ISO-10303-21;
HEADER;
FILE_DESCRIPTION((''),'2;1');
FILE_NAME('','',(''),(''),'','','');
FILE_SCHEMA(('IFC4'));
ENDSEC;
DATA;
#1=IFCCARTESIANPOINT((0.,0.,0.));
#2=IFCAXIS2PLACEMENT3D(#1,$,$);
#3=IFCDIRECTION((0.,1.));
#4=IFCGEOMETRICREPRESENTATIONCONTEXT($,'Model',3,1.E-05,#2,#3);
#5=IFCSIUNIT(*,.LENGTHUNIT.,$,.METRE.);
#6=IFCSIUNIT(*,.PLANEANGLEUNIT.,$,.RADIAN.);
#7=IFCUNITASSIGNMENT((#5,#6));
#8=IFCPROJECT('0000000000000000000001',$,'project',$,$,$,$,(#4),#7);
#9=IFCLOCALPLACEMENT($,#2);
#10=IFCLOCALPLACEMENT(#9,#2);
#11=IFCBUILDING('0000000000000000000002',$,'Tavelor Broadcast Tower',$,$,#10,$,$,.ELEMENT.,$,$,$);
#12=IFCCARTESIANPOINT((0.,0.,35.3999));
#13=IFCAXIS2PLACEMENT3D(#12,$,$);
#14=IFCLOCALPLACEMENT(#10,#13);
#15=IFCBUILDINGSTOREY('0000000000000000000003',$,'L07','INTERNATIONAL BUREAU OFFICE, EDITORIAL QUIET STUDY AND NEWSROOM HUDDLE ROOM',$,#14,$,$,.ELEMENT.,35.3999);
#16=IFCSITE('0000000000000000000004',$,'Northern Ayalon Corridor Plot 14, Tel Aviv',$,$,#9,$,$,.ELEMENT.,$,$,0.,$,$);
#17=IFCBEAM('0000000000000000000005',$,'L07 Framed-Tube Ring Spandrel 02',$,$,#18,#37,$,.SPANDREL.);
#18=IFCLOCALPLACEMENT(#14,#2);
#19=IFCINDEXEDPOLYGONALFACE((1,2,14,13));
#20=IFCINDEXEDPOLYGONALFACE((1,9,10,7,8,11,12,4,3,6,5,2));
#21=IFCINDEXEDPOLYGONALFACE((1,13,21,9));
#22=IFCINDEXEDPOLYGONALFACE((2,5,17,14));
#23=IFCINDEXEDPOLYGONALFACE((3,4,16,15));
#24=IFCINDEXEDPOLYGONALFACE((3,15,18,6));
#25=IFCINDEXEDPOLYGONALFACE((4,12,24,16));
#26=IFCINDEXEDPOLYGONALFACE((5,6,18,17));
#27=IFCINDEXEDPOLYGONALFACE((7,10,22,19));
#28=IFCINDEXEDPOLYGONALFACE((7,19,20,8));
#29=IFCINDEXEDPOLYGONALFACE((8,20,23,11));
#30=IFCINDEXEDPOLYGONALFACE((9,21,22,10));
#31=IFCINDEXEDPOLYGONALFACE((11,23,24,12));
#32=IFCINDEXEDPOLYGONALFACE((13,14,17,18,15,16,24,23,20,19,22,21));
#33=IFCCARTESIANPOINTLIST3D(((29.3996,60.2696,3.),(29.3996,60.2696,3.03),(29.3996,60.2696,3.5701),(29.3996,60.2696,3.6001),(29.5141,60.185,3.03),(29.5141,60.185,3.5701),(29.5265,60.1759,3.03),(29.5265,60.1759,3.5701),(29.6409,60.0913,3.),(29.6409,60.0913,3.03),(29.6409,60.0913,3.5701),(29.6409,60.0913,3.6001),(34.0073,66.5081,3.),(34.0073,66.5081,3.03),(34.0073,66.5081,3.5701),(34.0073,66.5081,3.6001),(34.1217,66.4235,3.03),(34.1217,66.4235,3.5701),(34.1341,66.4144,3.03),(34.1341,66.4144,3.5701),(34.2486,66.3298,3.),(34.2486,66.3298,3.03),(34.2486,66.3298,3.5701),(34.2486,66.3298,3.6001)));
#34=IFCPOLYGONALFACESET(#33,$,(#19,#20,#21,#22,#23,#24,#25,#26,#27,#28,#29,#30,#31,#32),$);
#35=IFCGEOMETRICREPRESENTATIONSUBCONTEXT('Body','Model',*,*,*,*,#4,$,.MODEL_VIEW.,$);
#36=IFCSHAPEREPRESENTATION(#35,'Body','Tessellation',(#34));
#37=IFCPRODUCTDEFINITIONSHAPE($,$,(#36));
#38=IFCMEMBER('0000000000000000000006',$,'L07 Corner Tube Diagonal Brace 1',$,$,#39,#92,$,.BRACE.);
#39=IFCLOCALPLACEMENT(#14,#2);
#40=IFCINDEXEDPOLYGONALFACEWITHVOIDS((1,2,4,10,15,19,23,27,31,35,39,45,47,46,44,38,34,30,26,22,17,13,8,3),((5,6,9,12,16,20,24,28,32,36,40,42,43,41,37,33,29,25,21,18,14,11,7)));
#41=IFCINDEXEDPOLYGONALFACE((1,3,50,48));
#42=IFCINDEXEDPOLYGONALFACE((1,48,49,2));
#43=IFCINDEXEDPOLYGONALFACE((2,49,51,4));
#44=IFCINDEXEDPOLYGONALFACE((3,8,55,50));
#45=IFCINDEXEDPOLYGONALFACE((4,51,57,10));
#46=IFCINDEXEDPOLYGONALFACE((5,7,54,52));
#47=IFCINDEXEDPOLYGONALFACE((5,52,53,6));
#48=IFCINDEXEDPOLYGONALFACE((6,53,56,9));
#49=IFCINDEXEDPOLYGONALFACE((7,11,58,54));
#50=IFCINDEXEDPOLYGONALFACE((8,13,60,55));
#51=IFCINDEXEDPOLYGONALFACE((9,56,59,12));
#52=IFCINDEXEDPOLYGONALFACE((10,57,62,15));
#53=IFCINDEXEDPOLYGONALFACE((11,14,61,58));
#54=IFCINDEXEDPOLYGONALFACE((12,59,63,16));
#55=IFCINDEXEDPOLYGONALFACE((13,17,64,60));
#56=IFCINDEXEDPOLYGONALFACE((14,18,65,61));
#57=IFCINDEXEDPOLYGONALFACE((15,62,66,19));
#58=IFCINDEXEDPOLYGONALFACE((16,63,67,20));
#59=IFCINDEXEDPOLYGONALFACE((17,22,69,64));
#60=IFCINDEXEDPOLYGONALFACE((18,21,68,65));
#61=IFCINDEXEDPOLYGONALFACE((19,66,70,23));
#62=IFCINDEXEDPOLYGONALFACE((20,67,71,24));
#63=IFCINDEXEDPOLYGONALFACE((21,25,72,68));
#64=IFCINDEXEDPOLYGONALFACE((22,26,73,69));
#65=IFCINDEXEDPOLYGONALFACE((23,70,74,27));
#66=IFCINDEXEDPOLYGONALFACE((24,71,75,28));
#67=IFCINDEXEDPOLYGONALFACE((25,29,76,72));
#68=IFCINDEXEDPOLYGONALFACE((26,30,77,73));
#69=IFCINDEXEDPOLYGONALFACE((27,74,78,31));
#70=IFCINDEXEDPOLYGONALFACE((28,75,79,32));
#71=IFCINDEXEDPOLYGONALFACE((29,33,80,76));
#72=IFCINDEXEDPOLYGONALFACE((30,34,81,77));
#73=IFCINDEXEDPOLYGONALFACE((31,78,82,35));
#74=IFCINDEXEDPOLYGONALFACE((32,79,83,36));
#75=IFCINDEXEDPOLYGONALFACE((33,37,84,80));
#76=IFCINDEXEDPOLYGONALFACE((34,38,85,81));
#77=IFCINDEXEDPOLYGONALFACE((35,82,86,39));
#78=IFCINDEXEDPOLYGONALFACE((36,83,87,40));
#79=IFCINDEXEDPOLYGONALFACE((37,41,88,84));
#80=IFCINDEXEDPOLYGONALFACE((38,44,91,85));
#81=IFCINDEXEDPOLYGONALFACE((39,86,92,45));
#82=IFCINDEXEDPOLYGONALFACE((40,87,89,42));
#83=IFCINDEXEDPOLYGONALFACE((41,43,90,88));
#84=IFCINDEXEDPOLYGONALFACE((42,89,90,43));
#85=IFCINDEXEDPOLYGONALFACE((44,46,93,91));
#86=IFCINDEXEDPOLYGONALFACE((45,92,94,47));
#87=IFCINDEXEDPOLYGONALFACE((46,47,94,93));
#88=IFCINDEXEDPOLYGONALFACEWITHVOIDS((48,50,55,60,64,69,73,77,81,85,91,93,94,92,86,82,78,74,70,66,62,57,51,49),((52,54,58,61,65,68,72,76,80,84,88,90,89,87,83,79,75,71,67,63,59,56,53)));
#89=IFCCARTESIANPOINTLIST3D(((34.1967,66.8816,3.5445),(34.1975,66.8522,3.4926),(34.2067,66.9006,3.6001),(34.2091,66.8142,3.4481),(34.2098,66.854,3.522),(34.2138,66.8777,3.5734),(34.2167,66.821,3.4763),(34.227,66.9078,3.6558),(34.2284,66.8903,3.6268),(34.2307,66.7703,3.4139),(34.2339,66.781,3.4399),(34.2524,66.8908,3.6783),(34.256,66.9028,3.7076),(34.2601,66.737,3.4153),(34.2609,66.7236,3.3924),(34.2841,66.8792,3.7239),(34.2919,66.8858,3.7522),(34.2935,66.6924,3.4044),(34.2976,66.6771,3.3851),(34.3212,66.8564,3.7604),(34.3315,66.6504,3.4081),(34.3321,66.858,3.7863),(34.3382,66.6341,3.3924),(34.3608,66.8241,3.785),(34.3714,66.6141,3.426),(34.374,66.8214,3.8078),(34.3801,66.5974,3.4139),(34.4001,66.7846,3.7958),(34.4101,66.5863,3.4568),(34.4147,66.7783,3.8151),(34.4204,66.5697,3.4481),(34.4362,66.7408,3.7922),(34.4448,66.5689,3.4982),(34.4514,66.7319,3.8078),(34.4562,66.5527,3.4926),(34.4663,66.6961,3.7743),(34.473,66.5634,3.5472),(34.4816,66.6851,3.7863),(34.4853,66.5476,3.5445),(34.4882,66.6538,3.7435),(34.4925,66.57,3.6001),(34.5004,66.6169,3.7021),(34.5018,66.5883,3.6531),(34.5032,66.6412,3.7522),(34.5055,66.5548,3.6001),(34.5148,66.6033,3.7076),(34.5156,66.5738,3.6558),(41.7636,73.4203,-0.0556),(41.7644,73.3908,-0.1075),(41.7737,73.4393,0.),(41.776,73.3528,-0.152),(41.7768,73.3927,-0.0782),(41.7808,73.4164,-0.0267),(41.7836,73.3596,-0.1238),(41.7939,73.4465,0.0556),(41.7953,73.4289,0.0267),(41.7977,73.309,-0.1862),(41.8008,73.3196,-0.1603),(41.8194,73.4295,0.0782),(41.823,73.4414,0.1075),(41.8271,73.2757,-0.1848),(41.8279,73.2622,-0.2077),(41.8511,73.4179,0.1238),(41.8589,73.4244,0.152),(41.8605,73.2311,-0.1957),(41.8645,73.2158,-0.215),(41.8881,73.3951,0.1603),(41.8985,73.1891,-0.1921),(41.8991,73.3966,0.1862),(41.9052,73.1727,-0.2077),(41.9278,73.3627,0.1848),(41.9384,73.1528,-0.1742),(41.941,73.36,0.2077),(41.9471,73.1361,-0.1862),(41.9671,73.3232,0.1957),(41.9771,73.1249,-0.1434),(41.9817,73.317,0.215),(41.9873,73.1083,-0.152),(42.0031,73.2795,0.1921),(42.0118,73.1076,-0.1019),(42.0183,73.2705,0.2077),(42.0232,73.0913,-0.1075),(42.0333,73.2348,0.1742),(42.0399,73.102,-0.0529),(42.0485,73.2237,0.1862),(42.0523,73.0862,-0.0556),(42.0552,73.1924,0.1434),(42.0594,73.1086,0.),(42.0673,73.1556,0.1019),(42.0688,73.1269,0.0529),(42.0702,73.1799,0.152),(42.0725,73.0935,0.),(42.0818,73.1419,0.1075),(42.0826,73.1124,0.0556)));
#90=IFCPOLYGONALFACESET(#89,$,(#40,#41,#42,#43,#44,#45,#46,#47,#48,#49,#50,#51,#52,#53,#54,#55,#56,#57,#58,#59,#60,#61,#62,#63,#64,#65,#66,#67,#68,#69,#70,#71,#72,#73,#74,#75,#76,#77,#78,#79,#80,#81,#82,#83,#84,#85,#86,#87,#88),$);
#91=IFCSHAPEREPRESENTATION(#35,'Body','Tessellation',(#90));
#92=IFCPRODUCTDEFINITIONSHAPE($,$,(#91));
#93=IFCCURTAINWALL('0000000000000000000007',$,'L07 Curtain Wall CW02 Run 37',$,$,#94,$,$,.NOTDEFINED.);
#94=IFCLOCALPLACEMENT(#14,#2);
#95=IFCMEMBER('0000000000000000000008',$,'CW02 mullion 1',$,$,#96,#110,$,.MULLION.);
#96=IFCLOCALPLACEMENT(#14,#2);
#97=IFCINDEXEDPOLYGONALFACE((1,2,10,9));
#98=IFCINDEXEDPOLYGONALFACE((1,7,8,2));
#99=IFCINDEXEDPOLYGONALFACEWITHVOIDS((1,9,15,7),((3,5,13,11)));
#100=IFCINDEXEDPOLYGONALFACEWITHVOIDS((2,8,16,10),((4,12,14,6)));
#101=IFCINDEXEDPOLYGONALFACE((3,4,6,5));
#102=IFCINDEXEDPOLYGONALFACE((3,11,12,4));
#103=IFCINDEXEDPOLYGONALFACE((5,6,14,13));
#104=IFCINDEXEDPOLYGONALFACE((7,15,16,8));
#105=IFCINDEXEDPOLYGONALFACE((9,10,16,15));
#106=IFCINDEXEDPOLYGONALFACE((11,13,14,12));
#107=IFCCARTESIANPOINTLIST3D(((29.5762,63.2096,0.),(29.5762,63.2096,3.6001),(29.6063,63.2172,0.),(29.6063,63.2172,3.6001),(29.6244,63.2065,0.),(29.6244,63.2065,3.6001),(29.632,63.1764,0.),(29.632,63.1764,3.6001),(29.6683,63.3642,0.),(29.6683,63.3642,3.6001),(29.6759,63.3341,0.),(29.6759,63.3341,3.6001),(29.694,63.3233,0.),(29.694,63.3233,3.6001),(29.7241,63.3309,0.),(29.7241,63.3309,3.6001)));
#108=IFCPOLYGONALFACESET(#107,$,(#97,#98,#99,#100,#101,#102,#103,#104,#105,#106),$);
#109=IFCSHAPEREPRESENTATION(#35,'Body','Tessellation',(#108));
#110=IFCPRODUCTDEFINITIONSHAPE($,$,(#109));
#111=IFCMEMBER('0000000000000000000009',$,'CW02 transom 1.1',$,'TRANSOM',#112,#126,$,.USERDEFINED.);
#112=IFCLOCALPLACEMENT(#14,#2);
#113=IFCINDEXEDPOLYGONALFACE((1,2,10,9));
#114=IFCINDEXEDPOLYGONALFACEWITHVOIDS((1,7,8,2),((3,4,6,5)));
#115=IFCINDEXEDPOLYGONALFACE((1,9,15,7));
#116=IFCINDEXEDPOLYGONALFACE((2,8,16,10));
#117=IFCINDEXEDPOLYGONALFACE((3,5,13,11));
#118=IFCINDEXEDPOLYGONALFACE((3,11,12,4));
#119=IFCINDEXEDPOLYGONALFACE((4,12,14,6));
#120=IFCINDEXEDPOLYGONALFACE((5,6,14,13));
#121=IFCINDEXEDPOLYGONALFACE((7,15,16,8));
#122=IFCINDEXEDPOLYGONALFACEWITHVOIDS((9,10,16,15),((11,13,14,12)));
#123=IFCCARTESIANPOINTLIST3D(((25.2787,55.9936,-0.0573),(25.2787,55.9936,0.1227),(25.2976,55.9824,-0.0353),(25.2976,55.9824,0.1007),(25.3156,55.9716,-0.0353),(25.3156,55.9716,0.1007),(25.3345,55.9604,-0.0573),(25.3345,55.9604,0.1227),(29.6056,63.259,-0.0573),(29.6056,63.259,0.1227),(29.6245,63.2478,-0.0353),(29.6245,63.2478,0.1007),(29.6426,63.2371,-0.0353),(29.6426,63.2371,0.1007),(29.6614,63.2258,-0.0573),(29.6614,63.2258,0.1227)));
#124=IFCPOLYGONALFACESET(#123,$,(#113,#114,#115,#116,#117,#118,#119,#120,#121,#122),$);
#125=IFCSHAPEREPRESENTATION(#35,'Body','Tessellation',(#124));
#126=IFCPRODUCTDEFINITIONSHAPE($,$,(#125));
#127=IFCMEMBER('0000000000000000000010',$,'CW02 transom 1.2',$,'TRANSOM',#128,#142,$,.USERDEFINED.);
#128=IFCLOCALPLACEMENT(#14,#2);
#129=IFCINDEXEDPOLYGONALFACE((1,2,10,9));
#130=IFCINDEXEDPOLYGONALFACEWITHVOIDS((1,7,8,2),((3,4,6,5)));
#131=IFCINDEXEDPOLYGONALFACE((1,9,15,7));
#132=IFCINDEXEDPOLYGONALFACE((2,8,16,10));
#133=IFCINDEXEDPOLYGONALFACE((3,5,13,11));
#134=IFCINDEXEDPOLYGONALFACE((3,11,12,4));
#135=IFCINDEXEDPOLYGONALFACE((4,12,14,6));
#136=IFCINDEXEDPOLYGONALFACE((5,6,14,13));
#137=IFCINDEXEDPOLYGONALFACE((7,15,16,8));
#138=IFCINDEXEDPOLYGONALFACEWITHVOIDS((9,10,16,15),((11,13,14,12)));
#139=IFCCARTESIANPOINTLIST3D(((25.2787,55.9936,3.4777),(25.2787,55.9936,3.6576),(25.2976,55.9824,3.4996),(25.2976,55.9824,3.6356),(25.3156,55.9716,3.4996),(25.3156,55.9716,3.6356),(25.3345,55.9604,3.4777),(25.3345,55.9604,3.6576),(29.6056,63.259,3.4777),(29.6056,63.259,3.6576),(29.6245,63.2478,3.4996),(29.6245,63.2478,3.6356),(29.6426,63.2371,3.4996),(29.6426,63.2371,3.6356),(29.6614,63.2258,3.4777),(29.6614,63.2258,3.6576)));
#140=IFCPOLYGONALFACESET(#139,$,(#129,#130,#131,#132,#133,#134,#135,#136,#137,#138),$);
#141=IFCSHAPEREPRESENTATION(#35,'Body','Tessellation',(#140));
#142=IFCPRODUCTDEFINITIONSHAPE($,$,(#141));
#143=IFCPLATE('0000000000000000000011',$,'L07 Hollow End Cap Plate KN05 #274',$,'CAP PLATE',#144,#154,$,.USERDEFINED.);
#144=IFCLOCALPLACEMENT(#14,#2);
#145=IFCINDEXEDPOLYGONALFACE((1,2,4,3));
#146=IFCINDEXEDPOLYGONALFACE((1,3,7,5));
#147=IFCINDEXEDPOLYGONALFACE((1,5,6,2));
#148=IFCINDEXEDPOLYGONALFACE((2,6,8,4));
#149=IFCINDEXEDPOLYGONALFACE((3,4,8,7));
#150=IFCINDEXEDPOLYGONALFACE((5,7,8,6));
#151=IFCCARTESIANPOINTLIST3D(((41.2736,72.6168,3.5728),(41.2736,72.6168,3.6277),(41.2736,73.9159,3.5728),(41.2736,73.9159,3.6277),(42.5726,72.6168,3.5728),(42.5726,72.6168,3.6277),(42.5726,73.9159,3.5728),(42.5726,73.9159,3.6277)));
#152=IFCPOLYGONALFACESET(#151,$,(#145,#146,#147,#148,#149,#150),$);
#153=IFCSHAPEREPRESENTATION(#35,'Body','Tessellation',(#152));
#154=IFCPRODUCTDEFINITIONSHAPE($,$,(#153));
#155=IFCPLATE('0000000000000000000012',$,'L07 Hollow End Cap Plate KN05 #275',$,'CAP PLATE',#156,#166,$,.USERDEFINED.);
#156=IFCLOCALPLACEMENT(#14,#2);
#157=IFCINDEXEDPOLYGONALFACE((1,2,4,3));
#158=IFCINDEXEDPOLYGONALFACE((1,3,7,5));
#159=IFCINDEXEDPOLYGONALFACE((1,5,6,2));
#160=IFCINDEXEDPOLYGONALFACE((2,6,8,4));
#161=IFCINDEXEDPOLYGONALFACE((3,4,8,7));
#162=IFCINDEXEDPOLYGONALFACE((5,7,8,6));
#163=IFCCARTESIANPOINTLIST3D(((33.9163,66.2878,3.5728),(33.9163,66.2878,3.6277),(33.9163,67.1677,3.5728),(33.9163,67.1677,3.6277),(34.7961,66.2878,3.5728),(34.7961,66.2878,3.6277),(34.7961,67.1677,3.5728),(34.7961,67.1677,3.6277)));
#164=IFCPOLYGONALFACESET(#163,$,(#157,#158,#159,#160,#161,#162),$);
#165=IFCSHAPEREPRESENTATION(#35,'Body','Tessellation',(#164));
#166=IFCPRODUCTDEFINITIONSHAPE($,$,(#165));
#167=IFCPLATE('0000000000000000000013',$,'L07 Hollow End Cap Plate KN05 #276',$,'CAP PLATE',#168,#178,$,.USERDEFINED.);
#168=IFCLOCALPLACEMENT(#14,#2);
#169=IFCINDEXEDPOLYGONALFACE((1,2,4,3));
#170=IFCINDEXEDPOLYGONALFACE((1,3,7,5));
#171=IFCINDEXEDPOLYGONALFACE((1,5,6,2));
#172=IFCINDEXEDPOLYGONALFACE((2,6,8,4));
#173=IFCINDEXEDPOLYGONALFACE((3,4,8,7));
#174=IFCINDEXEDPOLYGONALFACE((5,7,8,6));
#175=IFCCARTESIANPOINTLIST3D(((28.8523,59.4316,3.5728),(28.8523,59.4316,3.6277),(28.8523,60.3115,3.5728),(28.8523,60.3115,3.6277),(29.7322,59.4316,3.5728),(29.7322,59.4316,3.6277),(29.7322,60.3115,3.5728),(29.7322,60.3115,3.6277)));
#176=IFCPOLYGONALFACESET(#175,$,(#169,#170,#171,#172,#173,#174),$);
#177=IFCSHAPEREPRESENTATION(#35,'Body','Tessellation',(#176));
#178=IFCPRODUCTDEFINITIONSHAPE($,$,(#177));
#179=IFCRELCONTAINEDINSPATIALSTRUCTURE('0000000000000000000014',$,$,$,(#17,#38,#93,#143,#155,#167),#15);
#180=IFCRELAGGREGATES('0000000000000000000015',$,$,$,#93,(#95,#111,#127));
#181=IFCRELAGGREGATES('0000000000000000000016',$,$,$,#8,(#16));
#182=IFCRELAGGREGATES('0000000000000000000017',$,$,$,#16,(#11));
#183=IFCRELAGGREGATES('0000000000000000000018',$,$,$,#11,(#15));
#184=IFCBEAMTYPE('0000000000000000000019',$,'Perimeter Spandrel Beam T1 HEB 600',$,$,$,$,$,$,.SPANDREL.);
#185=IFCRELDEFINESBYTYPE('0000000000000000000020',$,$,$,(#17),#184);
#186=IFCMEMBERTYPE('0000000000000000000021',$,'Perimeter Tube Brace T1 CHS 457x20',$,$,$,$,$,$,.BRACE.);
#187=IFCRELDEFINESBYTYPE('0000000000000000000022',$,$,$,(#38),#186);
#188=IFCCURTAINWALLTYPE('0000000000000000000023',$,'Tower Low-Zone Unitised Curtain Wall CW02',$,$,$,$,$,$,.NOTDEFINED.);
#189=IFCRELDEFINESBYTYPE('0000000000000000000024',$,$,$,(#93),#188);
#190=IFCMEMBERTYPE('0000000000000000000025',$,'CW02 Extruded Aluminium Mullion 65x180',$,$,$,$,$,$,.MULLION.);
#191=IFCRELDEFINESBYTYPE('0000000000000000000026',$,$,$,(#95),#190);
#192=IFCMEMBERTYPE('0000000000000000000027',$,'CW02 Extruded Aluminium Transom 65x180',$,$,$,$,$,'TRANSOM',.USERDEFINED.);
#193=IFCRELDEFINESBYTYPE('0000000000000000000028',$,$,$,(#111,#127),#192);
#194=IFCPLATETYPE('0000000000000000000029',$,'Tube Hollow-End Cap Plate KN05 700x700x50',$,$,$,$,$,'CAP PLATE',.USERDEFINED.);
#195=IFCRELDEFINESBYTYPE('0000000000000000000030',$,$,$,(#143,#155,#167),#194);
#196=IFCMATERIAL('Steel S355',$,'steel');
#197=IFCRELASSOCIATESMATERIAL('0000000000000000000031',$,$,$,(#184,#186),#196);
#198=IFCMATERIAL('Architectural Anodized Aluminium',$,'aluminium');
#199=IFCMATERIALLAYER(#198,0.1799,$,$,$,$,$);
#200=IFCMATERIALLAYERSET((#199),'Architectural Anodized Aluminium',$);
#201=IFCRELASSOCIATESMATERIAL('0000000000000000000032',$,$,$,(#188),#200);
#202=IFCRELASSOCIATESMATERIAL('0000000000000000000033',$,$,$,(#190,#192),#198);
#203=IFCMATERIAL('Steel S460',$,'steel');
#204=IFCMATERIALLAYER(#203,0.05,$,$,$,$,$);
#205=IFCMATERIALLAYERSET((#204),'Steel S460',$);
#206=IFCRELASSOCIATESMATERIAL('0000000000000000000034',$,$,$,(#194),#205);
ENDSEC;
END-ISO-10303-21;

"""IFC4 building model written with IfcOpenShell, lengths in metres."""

from ifc_helpers import new_model, si_unit, direction, frame, origin, origin_2d, place, context, subcontext, project, spatial, rectangle, hollow_rectangle, hollow_circle, i_section, extrude, source, transform, mapped, material, layer, layer_set, material_profile, profile_set, type_object, type_shapes, element, aggregate, save


model = new_model("IFC4")

# Units and contexts
model_context = context("Model", 3, precision=1e-05, world=origin(), true_north=direction((0.0, 1.0)))
body_context = subcontext(model_context, "Body", "Model", "MODEL_VIEW")
ifc_project = project(units=[si_unit("LENGTHUNIT", "METRE"), si_unit("PLANEANGLEUNIT", "RADIAN")], contexts=[model_context])

# Site, building, storey
site_placement = place(None, origin())
site = spatial("IfcSite", under=ifc_project, at=site_placement, Name="Northern Ayalon Corridor Plot 14, Tel Aviv", CompositionType="ELEMENT", RefElevation=0.0)
building_placement = place(site_placement, origin())
building = spatial("IfcBuilding", under=site, at=building_placement, Name="Tavelor Broadcast Tower", CompositionType="ELEMENT")
storey_placement = place(building_placement, frame((0.0, 0.0, 35.3999)))
storey = spatial("IfcBuildingStorey", under=building, at=storey_placement, Name="L07", Description="INTERNATIONAL BUREAU OFFICE, EDITORIAL QUIET STUDY AND NEWSROOM HUDDLE ROOM", CompositionType="ELEMENT", Elevation=35.3999)

# Shared definitions
ifc_material_1 = material(Name="Steel S460", Category="steel")

# Beam
ifc_material_2 = material(Name="Steel S355", Category="steel")
ifc_material_profile_1 = material_profile(ifc_material_2, i_section(OverallWidth=0.3, OverallDepth=0.6001, WebThickness=0.0154, FlangeThickness=0.03, at=origin_2d()), Name="HEB 600")
ifc_profile_set_1 = profile_set([ifc_material_profile_1], Name="Steel S355")
beam_type_1 = type_object("IfcBeamType", Name="Perimeter Spandrel Beam T1 HEB 600", PredefinedType="SPANDREL", material=ifc_profile_set_1)
beam_1_placement = place(storey_placement, frame((34.1279, 66.4189, 3.3), z_axis=(-0.594106, -0.804387, 0.0), x_axis=(0.804387, -0.594106, 0.0)))
element("IfcBeam", 1, at=beam_1_placement, inside=storey, type_object=beam_type_1, Name="L07 Framed-Tube Ring Spandrel 02", PredefinedType="SPANDREL", context=body_context, shape_type="SweptSolid", body=[
    extrude(i_section(OverallWidth=0.3, OverallDepth=0.6001, WebThickness=0.0154, FlangeThickness=0.03, at=origin_2d()), origin(), (0.0, 0.0, 1.0), 7.7556),
])

# Member
ifc_material_profile_2 = material_profile(ifc_material_2, hollow_circle(Radius=0.2285, WallThickness=0.02, at=origin_2d()), Name="CHS 457x20")
ifc_profile_set_2 = profile_set([ifc_material_profile_2], Name="Steel S355")
member_type_1 = type_object("IfcMemberType", Name="Perimeter Tube Brace T1 CHS 457x20", PredefinedType="BRACE", material=ifc_profile_set_2)
member_1_placement = place(storey_placement, frame((41.9231, 73.2664, 0.0), z_axis=(-0.711923, -0.615175, 0.338711), x_axis=(0.653822, -0.756648, 0.0)))
element("IfcMember", 2, at=member_1_placement, inside=storey, type_object=member_type_1, Name="L07 Corner Tube Diagonal Brace 1", PredefinedType="BRACE", context=body_context, shape_type="SweptSolid", body=[
    extrude(hollow_circle(Radius=0.2285, WallThickness=0.02, at=origin_2d()), origin(), (0.0, 0.0, 1.0), 10.6289),
])

# Curtain wall, members
ifc_material_3 = material(Name="Architectural Anodized Aluminium", Category="aluminium")
ifc_layer_1 = layer(ifc_material_3, 0.1799)
ifc_layer_set_1 = layer_set([ifc_layer_1], Name="Architectural Anodized Aluminium")
curtain_wall_type = type_object("IfcCurtainWallType", Name="Tower Low-Zone Unitised Curtain Wall CW02", PredefinedType="NOTDEFINED", material=ifc_layer_set_1)
curtain_wall_placement = place(storey_placement, origin())
curtain_wall = element("IfcCurtainWall", 3, at=curtain_wall_placement, inside=storey, type_object=curtain_wall_type, Name="L07 Curtain Wall CW02 Run 37", PredefinedType="NOTDEFINED")
ifc_material_profile_3 = material_profile(ifc_material_3, hollow_rectangle(XDim=0.0649, YDim=0.1799, WallThickness=0.022, at=origin_2d()), Name="RHS 65x180x22")
ifc_profile_set_3 = profile_set([ifc_material_profile_3], Name="Architectural Anodized Aluminium")
member_type_2 = type_object("IfcMemberType", Name="CW02 Extruded Aluminium Mullion 65x180", PredefinedType="MULLION", material=ifc_profile_set_3)
shared_shape_1 = source(origin(), body_context, "Body", "SweptSolid", [
    extrude(hollow_rectangle(XDim=0.0649, YDim=0.1799, WallThickness=0.022, at=origin_2d()), origin(), (0.0, 0.0, 1.0), 3.6001),
])
type_shapes(member_type_2, [shared_shape_1])
member_2_placement = place(storey_placement, frame((29.6501, 63.2703, 0.0), z_axis=(0.0, 0.0, 1.0), x_axis=(0.859182, -0.51167, 0.0)))
member_2 = element("IfcMember", 4, at=member_2_placement, type_object=member_type_2, Name="CW02 mullion 1", PredefinedType="MULLION", context=body_context, shape_type="MappedRepresentation", body=[
    mapped(shared_shape_1, transform((0.0, 0.0, 0.0), scale=1.0)),
])
ifc_material_profile_4 = material_profile(ifc_material_3, hollow_rectangle(XDim=0.0649, YDim=0.1799, WallThickness=0.022, at=origin_2d()), Name="RHS 65x180x22")
ifc_profile_set_4 = profile_set([ifc_material_profile_4], Name="Architectural Anodized Aluminium")
member_type_3 = type_object("IfcMemberType", Name="CW02 Extruded Aluminium Transom 65x180", ElementType="TRANSOM", PredefinedType="USERDEFINED", material=ifc_profile_set_4)
shared_shape_2 = source(origin(), body_context, "Body", "SweptSolid", [
    extrude(hollow_rectangle(XDim=0.0649, YDim=0.1799, WallThickness=0.022, at=origin_2d()), origin(), (0.0, 0.0, 1.0), 8.4563),
])
type_shapes(member_type_3, [shared_shape_2])
member_3_placement = place(storey_placement, frame((29.6335, 63.2424, 0.0327), z_axis=(-0.511682, -0.859175, 0.0), x_axis=(0.859175, -0.511682, 0.0)))
member_3 = element("IfcMember", 5, at=member_3_placement, type_object=member_type_3, Name="CW02 transom 1.1", ObjectType="TRANSOM", PredefinedType="USERDEFINED", context=body_context, shape_type="MappedRepresentation", body=[
    mapped(shared_shape_2, transform((0.0, 0.0, 0.0), scale=1.0)),
])
member_4_placement = place(storey_placement, frame((29.6335, 63.2424, 3.5676), z_axis=(-0.511682, -0.859175, 0.0), x_axis=(0.859175, -0.511682, 0.0)))
member_4 = element("IfcMember", 6, at=member_4_placement, type_object=member_type_3, Name="CW02 transom 1.2", ObjectType="TRANSOM", PredefinedType="USERDEFINED", context=body_context, shape_type="MappedRepresentation", body=[
    mapped(shared_shape_2, transform((0.0, 0.0, 0.0), scale=1.0)),
])
aggregate(curtain_wall, [member_2, member_3, member_4])

# Plates
ifc_layer_2 = layer(ifc_material_1, 0.05)
ifc_layer_set_2 = layer_set([ifc_layer_2], Name="Steel S460")
plate_type = type_object("IfcPlateType", Name="Tube Hollow-End Cap Plate KN05 700x700x50", ElementType="CAP PLATE", PredefinedType="USERDEFINED", material=ifc_layer_set_2)
shared_shape_3 = source(origin(), body_context, "Body", "SweptSolid", [
    extrude(rectangle(XDim=1.2991, YDim=1.2991, at=origin_2d()), origin(), (0.0, 0.0, 1.0), 0.0549),
])
plate_placement = place(storey_placement, frame((41.9231, 73.2664, 3.5728), z_axis=(0.0, 0.0, 1.0), x_axis=(1.0, 0.0, 0.0)))
element("IfcPlate", 7, at=plate_placement, inside=storey, type_object=plate_type, Name="L07 Hollow End Cap Plate KN05 #274", ObjectType="CAP PLATE", PredefinedType="USERDEFINED", context=body_context, shape_type="MappedRepresentation", body=[
    mapped(shared_shape_3, transform((0.0, 0.0, 0.0), scale=1.0)),
])
shared_shape_4 = source(origin(), body_context, "Body", "SweptSolid", [
    extrude(rectangle(XDim=0.8799, YDim=0.8799, at=origin_2d()), origin(), (0.0, 0.0, 1.0), 0.0549),
])
type_shapes(plate_type, [shared_shape_3, shared_shape_4])
for number, where, z_axis, x_axis, name in (
    (8, (34.3562, 66.7278, 3.5728), (0.0, 0.0, 1.0), (1.0, 0.0, 0.0), "L07 Hollow End Cap Plate KN05 #275"),
    (9, (29.2922, 59.8716, 3.5728), (0.0, 0.0, 1.0), (1.0, 0.0, 0.0), "L07 Hollow End Cap Plate KN05 #276"),
):
    element("IfcPlate", number, at=place(storey_placement, frame(where, z_axis=z_axis, x_axis=x_axis)), inside=storey, type_object=plate_type, Name=name, ObjectType="CAP PLATE", PredefinedType="USERDEFINED", context=body_context, shape_type="MappedRepresentation", body=[
        mapped(shared_shape_4, transform((0.0, 0.0, 0.0), scale=1.0)),
    ])

save(model, "model.ifc")
